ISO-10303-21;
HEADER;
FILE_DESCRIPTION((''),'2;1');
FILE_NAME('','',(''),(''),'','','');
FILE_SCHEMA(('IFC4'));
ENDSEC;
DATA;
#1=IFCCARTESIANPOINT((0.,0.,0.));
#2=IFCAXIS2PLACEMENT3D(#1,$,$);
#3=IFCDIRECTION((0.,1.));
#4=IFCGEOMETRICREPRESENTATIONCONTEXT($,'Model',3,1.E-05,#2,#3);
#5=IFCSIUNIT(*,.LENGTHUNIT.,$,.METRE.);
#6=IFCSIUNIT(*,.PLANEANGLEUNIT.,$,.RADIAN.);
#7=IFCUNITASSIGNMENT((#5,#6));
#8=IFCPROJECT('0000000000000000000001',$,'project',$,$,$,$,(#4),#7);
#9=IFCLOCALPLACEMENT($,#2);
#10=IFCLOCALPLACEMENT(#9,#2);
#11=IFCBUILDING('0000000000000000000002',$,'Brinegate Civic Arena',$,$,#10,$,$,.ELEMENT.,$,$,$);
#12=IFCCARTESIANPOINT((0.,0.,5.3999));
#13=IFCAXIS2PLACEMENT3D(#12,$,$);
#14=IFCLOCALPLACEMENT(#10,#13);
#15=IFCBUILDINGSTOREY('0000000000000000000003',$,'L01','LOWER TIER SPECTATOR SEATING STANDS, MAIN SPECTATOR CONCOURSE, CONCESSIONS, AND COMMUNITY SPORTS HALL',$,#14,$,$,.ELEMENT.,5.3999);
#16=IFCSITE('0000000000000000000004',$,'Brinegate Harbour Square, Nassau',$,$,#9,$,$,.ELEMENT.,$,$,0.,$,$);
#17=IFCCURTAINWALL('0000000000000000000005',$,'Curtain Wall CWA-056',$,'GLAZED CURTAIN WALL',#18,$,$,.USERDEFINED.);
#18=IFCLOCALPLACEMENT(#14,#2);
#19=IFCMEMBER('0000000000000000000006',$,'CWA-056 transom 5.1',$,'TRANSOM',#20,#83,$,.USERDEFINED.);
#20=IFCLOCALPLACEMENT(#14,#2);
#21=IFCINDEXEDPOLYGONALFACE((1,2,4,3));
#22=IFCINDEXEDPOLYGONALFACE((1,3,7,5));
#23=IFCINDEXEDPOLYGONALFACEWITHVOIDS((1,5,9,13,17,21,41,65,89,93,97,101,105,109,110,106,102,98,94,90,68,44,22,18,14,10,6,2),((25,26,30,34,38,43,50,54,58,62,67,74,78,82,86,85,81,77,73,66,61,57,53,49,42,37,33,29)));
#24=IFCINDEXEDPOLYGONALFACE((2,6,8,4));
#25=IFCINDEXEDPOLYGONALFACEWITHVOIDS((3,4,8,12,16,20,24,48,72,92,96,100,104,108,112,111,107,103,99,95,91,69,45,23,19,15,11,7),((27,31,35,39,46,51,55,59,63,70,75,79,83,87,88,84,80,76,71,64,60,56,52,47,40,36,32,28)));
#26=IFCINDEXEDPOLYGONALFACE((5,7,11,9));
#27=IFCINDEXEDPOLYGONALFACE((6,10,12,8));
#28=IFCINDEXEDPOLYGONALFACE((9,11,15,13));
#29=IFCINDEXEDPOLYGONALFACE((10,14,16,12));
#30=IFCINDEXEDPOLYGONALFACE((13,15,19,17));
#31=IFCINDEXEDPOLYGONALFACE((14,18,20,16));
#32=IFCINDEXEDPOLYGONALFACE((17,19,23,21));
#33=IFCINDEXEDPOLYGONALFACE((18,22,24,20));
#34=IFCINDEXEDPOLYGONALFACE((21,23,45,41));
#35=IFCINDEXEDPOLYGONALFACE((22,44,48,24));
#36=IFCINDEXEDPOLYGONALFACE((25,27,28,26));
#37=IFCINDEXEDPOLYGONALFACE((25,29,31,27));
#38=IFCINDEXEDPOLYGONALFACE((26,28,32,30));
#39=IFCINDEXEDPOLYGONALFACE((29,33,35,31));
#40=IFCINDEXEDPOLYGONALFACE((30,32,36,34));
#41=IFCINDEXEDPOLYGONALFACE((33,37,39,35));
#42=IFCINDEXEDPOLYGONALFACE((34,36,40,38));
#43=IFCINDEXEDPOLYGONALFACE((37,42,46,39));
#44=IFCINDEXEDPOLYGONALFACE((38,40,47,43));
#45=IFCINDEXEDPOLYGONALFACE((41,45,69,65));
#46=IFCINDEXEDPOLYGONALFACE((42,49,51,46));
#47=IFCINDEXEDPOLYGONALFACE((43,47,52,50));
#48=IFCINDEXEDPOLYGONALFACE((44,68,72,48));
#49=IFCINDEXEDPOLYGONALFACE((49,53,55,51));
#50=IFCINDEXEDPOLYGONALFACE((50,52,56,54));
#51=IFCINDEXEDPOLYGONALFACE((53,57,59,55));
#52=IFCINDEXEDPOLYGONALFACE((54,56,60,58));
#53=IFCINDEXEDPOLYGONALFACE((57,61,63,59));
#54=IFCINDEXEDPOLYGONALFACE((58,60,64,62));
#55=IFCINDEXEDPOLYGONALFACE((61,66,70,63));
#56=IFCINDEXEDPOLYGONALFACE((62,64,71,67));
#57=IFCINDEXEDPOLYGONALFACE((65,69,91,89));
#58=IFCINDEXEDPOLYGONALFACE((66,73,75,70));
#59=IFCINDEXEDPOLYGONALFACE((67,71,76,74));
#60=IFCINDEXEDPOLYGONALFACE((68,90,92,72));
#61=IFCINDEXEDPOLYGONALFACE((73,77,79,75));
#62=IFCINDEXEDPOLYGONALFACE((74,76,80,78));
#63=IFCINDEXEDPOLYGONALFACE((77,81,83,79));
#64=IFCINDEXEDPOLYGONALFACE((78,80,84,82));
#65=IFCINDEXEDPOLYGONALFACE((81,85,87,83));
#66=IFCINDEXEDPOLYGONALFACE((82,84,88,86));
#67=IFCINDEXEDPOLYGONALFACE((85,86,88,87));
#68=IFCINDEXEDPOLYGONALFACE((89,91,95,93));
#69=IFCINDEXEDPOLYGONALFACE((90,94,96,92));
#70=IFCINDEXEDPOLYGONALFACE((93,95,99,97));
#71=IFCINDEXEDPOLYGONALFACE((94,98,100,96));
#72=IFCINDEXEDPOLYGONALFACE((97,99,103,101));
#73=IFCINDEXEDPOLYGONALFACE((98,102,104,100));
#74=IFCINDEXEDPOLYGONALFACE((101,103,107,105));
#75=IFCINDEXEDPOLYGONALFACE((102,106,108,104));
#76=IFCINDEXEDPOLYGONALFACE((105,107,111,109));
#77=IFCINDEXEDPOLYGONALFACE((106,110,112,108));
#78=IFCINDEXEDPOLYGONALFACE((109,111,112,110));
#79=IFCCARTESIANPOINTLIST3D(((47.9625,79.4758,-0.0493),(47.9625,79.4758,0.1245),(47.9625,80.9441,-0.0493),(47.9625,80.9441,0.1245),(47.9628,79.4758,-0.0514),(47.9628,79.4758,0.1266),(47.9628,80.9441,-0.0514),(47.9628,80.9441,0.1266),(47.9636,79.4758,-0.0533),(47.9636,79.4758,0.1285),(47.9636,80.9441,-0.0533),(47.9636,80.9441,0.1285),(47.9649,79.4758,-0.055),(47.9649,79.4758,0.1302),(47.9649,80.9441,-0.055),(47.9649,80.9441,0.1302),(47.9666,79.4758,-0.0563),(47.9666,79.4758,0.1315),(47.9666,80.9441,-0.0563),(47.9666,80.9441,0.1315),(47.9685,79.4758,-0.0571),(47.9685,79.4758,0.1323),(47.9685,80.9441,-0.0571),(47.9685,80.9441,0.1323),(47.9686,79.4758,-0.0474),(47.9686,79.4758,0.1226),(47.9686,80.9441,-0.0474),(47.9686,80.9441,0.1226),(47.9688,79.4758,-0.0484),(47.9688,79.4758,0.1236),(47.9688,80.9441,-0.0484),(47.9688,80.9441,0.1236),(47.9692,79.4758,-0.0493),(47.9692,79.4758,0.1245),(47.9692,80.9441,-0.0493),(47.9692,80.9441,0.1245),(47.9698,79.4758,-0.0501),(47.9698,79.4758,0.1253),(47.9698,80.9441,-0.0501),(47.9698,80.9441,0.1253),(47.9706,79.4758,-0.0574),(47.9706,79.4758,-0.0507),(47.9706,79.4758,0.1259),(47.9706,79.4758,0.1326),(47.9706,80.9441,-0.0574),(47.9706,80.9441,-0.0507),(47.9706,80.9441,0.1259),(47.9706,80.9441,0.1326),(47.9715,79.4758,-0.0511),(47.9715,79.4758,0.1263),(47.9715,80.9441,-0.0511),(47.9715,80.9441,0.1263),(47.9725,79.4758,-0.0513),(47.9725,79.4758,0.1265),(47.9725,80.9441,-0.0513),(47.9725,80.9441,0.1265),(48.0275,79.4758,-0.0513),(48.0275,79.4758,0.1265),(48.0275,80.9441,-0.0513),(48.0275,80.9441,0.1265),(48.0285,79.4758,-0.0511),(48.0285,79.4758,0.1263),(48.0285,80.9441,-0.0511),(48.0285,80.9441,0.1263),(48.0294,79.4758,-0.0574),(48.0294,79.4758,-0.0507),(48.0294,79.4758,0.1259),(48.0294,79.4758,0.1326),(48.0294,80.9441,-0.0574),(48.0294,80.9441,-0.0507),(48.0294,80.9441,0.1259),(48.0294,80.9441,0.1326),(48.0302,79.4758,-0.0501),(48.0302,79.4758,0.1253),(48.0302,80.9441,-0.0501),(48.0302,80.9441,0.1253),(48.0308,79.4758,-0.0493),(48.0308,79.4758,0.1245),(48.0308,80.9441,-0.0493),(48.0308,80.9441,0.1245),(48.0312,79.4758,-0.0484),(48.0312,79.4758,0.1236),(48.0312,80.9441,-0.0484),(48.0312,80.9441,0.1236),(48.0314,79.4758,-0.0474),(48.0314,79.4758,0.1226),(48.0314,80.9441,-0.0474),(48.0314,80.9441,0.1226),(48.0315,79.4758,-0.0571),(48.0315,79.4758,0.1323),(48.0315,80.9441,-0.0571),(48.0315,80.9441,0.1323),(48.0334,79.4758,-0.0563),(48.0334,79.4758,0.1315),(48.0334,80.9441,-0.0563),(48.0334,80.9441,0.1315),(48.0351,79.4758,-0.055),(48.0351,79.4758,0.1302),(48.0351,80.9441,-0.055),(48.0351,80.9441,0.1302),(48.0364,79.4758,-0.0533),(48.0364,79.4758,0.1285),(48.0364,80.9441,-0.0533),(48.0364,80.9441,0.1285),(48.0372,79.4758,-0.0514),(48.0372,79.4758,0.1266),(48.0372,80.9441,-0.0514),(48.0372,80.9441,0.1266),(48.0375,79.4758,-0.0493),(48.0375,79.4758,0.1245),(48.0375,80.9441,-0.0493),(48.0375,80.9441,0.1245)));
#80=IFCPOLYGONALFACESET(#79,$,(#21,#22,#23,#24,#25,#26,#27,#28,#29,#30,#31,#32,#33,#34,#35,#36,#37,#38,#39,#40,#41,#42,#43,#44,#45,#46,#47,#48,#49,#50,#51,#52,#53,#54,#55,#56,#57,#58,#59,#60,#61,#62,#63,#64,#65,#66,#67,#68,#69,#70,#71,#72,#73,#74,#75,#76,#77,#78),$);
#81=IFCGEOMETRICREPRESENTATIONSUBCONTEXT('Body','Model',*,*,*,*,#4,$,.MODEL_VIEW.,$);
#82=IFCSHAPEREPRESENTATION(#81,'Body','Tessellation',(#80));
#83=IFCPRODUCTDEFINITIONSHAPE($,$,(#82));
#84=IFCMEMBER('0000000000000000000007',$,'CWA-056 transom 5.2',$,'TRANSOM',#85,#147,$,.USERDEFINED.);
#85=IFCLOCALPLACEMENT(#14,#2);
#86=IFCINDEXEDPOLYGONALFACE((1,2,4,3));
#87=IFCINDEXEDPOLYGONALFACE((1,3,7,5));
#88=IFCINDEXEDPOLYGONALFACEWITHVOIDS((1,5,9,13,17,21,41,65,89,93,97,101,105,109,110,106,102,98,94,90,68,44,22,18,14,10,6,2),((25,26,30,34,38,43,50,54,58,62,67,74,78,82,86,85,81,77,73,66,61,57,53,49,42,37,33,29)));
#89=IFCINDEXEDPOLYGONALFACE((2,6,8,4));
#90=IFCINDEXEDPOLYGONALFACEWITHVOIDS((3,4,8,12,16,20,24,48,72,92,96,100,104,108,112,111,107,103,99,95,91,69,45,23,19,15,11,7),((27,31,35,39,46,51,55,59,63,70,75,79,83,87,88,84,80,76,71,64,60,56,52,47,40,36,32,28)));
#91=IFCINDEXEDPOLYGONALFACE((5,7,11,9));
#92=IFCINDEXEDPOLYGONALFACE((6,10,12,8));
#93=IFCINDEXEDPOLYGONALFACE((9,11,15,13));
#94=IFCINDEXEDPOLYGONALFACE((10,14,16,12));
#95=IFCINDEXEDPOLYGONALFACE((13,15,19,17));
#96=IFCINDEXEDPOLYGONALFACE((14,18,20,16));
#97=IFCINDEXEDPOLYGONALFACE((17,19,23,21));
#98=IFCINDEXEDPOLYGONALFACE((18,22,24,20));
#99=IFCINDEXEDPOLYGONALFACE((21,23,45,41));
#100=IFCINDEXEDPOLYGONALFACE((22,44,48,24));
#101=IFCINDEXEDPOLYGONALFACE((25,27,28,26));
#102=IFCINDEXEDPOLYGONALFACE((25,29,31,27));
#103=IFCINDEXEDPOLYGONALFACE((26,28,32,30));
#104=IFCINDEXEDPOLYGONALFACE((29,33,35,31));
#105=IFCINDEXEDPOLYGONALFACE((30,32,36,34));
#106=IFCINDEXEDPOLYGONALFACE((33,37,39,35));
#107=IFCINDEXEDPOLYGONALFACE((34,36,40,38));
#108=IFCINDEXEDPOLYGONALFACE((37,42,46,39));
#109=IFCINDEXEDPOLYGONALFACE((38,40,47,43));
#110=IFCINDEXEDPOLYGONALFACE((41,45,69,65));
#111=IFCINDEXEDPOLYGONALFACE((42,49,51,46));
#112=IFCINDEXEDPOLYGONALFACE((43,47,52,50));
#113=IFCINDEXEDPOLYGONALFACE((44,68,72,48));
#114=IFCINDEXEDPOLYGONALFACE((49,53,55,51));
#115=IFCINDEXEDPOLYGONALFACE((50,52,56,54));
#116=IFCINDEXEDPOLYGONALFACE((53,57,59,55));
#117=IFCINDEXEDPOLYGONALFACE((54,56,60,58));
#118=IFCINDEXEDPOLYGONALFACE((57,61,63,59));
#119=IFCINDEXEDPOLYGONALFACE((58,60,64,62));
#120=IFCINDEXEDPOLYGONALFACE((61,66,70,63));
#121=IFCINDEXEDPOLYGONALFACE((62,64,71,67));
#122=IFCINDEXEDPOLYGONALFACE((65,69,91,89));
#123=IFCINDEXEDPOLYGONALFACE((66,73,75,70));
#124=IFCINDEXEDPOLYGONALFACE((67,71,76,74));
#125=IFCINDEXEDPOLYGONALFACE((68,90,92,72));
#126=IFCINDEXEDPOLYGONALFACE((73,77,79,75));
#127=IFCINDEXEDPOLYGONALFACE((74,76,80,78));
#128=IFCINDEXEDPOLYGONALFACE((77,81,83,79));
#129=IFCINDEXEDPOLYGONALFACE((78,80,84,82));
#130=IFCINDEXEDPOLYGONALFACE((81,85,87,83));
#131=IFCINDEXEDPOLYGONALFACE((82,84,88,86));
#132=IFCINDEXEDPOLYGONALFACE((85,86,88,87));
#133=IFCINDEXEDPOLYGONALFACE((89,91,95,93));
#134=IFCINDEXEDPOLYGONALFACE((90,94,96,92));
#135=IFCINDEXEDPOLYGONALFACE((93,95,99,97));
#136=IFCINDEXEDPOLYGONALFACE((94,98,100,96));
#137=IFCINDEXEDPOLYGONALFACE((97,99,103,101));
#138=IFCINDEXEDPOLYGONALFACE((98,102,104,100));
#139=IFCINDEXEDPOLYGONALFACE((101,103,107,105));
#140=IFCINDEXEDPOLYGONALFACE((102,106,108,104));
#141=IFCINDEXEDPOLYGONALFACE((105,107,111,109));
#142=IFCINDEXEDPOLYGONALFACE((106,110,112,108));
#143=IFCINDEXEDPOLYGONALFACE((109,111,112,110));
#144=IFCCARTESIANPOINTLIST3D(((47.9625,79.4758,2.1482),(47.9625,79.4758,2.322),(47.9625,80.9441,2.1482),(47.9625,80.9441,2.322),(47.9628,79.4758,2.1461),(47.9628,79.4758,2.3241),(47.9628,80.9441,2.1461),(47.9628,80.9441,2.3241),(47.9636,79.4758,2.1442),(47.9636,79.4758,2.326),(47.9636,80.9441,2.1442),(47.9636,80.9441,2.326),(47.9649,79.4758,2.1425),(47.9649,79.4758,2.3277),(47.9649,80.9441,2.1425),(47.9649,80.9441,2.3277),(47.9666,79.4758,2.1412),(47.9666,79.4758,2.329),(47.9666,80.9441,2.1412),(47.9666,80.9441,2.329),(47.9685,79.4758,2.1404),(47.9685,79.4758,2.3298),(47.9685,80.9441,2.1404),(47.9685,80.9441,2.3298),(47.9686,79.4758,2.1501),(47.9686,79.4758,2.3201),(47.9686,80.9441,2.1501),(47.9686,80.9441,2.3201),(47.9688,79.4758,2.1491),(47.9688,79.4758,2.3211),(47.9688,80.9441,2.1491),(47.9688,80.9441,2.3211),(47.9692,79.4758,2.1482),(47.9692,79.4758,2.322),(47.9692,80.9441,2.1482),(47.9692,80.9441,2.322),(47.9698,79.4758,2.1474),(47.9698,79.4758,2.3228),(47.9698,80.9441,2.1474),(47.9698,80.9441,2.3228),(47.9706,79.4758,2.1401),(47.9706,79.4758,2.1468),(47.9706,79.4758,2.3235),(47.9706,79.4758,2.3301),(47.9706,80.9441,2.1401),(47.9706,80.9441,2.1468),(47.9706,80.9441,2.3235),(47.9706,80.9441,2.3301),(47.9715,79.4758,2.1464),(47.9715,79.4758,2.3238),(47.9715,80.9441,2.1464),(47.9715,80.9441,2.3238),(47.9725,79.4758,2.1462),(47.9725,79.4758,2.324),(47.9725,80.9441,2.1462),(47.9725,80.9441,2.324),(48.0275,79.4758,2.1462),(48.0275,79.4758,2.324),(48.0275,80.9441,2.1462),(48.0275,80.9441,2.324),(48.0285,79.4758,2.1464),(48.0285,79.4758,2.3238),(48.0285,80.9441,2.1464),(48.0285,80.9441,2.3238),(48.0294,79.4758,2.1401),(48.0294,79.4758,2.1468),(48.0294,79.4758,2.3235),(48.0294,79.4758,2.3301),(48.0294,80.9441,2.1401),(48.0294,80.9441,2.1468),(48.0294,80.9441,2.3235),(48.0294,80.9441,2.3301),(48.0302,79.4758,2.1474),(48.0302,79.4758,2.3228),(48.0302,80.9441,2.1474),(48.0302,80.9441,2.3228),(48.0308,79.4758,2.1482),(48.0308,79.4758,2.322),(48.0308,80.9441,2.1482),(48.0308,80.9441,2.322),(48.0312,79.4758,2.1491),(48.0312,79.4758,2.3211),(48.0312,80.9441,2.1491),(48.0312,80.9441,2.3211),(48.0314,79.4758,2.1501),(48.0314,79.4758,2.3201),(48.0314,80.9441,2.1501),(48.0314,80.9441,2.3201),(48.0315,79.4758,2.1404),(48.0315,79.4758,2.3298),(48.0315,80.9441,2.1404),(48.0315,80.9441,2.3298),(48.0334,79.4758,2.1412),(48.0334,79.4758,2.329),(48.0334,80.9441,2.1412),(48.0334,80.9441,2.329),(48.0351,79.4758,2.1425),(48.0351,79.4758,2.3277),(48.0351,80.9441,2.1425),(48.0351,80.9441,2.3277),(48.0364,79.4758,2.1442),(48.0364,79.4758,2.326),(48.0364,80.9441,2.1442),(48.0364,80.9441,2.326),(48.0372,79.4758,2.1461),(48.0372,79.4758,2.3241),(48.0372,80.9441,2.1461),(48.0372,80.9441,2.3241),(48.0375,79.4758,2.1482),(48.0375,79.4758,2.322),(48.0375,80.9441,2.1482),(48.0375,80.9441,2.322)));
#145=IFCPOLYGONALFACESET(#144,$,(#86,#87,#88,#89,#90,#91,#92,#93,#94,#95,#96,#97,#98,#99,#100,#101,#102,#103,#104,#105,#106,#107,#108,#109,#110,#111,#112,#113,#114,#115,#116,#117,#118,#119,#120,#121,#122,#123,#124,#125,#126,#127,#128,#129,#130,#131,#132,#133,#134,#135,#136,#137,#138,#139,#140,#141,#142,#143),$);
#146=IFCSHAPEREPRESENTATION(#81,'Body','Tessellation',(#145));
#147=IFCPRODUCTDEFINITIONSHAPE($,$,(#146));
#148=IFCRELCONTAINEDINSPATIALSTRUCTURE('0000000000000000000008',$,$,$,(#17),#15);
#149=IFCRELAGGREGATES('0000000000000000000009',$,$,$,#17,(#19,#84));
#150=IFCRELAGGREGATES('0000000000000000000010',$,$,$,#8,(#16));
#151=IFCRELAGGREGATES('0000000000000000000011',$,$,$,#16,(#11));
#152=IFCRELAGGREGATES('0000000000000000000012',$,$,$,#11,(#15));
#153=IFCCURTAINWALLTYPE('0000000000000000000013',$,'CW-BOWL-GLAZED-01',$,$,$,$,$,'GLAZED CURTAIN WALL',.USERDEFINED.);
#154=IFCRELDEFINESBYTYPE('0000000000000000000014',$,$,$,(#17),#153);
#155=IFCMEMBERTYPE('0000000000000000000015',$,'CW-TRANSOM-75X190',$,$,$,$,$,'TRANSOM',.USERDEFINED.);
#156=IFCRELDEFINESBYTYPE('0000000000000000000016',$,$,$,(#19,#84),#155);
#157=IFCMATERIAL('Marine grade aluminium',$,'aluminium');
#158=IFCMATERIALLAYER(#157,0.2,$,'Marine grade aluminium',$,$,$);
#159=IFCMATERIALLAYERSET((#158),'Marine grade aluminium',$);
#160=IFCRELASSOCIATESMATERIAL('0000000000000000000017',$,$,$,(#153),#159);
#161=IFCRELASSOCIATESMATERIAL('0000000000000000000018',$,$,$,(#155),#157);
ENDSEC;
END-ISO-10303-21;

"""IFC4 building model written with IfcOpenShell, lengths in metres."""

from ifc_helpers import new_model, si_unit, direction, frame, origin, origin_2d, place, context, subcontext, project, spatial, hollow_rectangle, extrude, material, layer, layer_set, material_profile, profile_set, type_object, element, aggregate, save


model = new_model("IFC4")

# Units and contexts
model_context = context("Model", 3, precision=1e-05, world=origin(), true_north=direction((0.0, 1.0)))
body_context = subcontext(model_context, "Body", "Model", "MODEL_VIEW")
ifc_project = project(units=[si_unit("LENGTHUNIT", "METRE"), si_unit("PLANEANGLEUNIT", "RADIAN")], contexts=[model_context])

# Site, building, storey
site_placement = place(None, origin())
site = spatial("IfcSite", under=ifc_project, at=site_placement, Name="Brinegate Harbour Square, Nassau", CompositionType="ELEMENT", RefElevation=0.0)
building_placement = place(site_placement, origin())
building = spatial("IfcBuilding", under=site, at=building_placement, Name="Brinegate Civic Arena", CompositionType="ELEMENT")
storey_placement = place(building_placement, frame((0.0, 0.0, 5.3999)))
storey = spatial("IfcBuildingStorey", under=building, at=storey_placement, Name="L01", Description="LOWER TIER SPECTATOR SEATING STANDS, MAIN SPECTATOR CONCOURSE, CONCESSIONS, AND COMMUNITY SPORTS HALL", CompositionType="ELEMENT", Elevation=5.3999)

# Shared definitions
ifc_material_1 = material(Name="Marine grade aluminium", Category="aluminium")
ifc_layer_1 = layer(ifc_material_1, 0.2, Name="Marine grade aluminium")
ifc_layer_set_1 = layer_set([ifc_layer_1], Name="Marine grade aluminium")
curtain_wall_type = type_object("IfcCurtainWallType", Name="CW-BOWL-GLAZED-01", ElementType="GLAZED CURTAIN WALL", PredefinedType="USERDEFINED", material=ifc_layer_set_1)

# Curtain wall
curtain_wall_1_placement = place(storey_placement, origin())
curtain_wall_1 = element("IfcCurtainWall", 1, at=curtain_wall_1_placement, inside=storey, type_object=curtain_wall_type, Name="Curtain Wall CWA-056", ObjectType="GLAZED CURTAIN WALL", PredefinedType="USERDEFINED")

# Members
ifc_material_profile_1 = material_profile(ifc_material_1, hollow_rectangle(XDim=0.075, YDim=0.1899, WallThickness=0.0061, InnerFilletRadius=0.0039, OuterFilletRadius=0.0081, at=origin_2d()), Name="TRN75X190")
ifc_profile_set_1 = profile_set([ifc_material_profile_1], Name="Marine grade aluminium")
member_type_1 = type_object("IfcMemberType", Name="CW-TRANSOM-75X190", ElementType="TRANSOM", PredefinedType="USERDEFINED", material=ifc_profile_set_1)
member_1_placement = place(storey_placement, frame((48.0, 79.4758, 0.0376), z_axis=(0.0, 1.0, 0.0), x_axis=(-1.0, 0.0, 0.0)))
member_1 = element("IfcMember", 2, at=member_1_placement, type_object=member_type_1, Name="CWA-056 transom 5.1", ObjectType="TRANSOM", PredefinedType="USERDEFINED", context=body_context, shape_type="SweptSolid", body=[
    extrude(hollow_rectangle(XDim=0.075, YDim=0.1899, WallThickness=0.0061, InnerFilletRadius=0.0039, OuterFilletRadius=0.0081, at=origin_2d()), origin(), (0.0, 0.0, 1.0), 1.4683),
])
member_2_placement = place(storey_placement, frame((48.0, 79.4758, 2.2351), z_axis=(0.0, 1.0, 0.0), x_axis=(-1.0, 0.0, 0.0)))
member_2 = element("IfcMember", 3, at=member_2_placement, type_object=member_type_1, Name="CWA-056 transom 5.2", ObjectType="TRANSOM", PredefinedType="USERDEFINED", context=body_context, shape_type="SweptSolid", body=[
    extrude(hollow_rectangle(XDim=0.075, YDim=0.1899, WallThickness=0.0061, InnerFilletRadius=0.0039, OuterFilletRadius=0.0081, at=origin_2d()), origin(), (0.0, 0.0, 1.0), 1.4683),
])

aggregate(curtain_wall_1, [member_1, member_2])

save(model, "model.ifc")
